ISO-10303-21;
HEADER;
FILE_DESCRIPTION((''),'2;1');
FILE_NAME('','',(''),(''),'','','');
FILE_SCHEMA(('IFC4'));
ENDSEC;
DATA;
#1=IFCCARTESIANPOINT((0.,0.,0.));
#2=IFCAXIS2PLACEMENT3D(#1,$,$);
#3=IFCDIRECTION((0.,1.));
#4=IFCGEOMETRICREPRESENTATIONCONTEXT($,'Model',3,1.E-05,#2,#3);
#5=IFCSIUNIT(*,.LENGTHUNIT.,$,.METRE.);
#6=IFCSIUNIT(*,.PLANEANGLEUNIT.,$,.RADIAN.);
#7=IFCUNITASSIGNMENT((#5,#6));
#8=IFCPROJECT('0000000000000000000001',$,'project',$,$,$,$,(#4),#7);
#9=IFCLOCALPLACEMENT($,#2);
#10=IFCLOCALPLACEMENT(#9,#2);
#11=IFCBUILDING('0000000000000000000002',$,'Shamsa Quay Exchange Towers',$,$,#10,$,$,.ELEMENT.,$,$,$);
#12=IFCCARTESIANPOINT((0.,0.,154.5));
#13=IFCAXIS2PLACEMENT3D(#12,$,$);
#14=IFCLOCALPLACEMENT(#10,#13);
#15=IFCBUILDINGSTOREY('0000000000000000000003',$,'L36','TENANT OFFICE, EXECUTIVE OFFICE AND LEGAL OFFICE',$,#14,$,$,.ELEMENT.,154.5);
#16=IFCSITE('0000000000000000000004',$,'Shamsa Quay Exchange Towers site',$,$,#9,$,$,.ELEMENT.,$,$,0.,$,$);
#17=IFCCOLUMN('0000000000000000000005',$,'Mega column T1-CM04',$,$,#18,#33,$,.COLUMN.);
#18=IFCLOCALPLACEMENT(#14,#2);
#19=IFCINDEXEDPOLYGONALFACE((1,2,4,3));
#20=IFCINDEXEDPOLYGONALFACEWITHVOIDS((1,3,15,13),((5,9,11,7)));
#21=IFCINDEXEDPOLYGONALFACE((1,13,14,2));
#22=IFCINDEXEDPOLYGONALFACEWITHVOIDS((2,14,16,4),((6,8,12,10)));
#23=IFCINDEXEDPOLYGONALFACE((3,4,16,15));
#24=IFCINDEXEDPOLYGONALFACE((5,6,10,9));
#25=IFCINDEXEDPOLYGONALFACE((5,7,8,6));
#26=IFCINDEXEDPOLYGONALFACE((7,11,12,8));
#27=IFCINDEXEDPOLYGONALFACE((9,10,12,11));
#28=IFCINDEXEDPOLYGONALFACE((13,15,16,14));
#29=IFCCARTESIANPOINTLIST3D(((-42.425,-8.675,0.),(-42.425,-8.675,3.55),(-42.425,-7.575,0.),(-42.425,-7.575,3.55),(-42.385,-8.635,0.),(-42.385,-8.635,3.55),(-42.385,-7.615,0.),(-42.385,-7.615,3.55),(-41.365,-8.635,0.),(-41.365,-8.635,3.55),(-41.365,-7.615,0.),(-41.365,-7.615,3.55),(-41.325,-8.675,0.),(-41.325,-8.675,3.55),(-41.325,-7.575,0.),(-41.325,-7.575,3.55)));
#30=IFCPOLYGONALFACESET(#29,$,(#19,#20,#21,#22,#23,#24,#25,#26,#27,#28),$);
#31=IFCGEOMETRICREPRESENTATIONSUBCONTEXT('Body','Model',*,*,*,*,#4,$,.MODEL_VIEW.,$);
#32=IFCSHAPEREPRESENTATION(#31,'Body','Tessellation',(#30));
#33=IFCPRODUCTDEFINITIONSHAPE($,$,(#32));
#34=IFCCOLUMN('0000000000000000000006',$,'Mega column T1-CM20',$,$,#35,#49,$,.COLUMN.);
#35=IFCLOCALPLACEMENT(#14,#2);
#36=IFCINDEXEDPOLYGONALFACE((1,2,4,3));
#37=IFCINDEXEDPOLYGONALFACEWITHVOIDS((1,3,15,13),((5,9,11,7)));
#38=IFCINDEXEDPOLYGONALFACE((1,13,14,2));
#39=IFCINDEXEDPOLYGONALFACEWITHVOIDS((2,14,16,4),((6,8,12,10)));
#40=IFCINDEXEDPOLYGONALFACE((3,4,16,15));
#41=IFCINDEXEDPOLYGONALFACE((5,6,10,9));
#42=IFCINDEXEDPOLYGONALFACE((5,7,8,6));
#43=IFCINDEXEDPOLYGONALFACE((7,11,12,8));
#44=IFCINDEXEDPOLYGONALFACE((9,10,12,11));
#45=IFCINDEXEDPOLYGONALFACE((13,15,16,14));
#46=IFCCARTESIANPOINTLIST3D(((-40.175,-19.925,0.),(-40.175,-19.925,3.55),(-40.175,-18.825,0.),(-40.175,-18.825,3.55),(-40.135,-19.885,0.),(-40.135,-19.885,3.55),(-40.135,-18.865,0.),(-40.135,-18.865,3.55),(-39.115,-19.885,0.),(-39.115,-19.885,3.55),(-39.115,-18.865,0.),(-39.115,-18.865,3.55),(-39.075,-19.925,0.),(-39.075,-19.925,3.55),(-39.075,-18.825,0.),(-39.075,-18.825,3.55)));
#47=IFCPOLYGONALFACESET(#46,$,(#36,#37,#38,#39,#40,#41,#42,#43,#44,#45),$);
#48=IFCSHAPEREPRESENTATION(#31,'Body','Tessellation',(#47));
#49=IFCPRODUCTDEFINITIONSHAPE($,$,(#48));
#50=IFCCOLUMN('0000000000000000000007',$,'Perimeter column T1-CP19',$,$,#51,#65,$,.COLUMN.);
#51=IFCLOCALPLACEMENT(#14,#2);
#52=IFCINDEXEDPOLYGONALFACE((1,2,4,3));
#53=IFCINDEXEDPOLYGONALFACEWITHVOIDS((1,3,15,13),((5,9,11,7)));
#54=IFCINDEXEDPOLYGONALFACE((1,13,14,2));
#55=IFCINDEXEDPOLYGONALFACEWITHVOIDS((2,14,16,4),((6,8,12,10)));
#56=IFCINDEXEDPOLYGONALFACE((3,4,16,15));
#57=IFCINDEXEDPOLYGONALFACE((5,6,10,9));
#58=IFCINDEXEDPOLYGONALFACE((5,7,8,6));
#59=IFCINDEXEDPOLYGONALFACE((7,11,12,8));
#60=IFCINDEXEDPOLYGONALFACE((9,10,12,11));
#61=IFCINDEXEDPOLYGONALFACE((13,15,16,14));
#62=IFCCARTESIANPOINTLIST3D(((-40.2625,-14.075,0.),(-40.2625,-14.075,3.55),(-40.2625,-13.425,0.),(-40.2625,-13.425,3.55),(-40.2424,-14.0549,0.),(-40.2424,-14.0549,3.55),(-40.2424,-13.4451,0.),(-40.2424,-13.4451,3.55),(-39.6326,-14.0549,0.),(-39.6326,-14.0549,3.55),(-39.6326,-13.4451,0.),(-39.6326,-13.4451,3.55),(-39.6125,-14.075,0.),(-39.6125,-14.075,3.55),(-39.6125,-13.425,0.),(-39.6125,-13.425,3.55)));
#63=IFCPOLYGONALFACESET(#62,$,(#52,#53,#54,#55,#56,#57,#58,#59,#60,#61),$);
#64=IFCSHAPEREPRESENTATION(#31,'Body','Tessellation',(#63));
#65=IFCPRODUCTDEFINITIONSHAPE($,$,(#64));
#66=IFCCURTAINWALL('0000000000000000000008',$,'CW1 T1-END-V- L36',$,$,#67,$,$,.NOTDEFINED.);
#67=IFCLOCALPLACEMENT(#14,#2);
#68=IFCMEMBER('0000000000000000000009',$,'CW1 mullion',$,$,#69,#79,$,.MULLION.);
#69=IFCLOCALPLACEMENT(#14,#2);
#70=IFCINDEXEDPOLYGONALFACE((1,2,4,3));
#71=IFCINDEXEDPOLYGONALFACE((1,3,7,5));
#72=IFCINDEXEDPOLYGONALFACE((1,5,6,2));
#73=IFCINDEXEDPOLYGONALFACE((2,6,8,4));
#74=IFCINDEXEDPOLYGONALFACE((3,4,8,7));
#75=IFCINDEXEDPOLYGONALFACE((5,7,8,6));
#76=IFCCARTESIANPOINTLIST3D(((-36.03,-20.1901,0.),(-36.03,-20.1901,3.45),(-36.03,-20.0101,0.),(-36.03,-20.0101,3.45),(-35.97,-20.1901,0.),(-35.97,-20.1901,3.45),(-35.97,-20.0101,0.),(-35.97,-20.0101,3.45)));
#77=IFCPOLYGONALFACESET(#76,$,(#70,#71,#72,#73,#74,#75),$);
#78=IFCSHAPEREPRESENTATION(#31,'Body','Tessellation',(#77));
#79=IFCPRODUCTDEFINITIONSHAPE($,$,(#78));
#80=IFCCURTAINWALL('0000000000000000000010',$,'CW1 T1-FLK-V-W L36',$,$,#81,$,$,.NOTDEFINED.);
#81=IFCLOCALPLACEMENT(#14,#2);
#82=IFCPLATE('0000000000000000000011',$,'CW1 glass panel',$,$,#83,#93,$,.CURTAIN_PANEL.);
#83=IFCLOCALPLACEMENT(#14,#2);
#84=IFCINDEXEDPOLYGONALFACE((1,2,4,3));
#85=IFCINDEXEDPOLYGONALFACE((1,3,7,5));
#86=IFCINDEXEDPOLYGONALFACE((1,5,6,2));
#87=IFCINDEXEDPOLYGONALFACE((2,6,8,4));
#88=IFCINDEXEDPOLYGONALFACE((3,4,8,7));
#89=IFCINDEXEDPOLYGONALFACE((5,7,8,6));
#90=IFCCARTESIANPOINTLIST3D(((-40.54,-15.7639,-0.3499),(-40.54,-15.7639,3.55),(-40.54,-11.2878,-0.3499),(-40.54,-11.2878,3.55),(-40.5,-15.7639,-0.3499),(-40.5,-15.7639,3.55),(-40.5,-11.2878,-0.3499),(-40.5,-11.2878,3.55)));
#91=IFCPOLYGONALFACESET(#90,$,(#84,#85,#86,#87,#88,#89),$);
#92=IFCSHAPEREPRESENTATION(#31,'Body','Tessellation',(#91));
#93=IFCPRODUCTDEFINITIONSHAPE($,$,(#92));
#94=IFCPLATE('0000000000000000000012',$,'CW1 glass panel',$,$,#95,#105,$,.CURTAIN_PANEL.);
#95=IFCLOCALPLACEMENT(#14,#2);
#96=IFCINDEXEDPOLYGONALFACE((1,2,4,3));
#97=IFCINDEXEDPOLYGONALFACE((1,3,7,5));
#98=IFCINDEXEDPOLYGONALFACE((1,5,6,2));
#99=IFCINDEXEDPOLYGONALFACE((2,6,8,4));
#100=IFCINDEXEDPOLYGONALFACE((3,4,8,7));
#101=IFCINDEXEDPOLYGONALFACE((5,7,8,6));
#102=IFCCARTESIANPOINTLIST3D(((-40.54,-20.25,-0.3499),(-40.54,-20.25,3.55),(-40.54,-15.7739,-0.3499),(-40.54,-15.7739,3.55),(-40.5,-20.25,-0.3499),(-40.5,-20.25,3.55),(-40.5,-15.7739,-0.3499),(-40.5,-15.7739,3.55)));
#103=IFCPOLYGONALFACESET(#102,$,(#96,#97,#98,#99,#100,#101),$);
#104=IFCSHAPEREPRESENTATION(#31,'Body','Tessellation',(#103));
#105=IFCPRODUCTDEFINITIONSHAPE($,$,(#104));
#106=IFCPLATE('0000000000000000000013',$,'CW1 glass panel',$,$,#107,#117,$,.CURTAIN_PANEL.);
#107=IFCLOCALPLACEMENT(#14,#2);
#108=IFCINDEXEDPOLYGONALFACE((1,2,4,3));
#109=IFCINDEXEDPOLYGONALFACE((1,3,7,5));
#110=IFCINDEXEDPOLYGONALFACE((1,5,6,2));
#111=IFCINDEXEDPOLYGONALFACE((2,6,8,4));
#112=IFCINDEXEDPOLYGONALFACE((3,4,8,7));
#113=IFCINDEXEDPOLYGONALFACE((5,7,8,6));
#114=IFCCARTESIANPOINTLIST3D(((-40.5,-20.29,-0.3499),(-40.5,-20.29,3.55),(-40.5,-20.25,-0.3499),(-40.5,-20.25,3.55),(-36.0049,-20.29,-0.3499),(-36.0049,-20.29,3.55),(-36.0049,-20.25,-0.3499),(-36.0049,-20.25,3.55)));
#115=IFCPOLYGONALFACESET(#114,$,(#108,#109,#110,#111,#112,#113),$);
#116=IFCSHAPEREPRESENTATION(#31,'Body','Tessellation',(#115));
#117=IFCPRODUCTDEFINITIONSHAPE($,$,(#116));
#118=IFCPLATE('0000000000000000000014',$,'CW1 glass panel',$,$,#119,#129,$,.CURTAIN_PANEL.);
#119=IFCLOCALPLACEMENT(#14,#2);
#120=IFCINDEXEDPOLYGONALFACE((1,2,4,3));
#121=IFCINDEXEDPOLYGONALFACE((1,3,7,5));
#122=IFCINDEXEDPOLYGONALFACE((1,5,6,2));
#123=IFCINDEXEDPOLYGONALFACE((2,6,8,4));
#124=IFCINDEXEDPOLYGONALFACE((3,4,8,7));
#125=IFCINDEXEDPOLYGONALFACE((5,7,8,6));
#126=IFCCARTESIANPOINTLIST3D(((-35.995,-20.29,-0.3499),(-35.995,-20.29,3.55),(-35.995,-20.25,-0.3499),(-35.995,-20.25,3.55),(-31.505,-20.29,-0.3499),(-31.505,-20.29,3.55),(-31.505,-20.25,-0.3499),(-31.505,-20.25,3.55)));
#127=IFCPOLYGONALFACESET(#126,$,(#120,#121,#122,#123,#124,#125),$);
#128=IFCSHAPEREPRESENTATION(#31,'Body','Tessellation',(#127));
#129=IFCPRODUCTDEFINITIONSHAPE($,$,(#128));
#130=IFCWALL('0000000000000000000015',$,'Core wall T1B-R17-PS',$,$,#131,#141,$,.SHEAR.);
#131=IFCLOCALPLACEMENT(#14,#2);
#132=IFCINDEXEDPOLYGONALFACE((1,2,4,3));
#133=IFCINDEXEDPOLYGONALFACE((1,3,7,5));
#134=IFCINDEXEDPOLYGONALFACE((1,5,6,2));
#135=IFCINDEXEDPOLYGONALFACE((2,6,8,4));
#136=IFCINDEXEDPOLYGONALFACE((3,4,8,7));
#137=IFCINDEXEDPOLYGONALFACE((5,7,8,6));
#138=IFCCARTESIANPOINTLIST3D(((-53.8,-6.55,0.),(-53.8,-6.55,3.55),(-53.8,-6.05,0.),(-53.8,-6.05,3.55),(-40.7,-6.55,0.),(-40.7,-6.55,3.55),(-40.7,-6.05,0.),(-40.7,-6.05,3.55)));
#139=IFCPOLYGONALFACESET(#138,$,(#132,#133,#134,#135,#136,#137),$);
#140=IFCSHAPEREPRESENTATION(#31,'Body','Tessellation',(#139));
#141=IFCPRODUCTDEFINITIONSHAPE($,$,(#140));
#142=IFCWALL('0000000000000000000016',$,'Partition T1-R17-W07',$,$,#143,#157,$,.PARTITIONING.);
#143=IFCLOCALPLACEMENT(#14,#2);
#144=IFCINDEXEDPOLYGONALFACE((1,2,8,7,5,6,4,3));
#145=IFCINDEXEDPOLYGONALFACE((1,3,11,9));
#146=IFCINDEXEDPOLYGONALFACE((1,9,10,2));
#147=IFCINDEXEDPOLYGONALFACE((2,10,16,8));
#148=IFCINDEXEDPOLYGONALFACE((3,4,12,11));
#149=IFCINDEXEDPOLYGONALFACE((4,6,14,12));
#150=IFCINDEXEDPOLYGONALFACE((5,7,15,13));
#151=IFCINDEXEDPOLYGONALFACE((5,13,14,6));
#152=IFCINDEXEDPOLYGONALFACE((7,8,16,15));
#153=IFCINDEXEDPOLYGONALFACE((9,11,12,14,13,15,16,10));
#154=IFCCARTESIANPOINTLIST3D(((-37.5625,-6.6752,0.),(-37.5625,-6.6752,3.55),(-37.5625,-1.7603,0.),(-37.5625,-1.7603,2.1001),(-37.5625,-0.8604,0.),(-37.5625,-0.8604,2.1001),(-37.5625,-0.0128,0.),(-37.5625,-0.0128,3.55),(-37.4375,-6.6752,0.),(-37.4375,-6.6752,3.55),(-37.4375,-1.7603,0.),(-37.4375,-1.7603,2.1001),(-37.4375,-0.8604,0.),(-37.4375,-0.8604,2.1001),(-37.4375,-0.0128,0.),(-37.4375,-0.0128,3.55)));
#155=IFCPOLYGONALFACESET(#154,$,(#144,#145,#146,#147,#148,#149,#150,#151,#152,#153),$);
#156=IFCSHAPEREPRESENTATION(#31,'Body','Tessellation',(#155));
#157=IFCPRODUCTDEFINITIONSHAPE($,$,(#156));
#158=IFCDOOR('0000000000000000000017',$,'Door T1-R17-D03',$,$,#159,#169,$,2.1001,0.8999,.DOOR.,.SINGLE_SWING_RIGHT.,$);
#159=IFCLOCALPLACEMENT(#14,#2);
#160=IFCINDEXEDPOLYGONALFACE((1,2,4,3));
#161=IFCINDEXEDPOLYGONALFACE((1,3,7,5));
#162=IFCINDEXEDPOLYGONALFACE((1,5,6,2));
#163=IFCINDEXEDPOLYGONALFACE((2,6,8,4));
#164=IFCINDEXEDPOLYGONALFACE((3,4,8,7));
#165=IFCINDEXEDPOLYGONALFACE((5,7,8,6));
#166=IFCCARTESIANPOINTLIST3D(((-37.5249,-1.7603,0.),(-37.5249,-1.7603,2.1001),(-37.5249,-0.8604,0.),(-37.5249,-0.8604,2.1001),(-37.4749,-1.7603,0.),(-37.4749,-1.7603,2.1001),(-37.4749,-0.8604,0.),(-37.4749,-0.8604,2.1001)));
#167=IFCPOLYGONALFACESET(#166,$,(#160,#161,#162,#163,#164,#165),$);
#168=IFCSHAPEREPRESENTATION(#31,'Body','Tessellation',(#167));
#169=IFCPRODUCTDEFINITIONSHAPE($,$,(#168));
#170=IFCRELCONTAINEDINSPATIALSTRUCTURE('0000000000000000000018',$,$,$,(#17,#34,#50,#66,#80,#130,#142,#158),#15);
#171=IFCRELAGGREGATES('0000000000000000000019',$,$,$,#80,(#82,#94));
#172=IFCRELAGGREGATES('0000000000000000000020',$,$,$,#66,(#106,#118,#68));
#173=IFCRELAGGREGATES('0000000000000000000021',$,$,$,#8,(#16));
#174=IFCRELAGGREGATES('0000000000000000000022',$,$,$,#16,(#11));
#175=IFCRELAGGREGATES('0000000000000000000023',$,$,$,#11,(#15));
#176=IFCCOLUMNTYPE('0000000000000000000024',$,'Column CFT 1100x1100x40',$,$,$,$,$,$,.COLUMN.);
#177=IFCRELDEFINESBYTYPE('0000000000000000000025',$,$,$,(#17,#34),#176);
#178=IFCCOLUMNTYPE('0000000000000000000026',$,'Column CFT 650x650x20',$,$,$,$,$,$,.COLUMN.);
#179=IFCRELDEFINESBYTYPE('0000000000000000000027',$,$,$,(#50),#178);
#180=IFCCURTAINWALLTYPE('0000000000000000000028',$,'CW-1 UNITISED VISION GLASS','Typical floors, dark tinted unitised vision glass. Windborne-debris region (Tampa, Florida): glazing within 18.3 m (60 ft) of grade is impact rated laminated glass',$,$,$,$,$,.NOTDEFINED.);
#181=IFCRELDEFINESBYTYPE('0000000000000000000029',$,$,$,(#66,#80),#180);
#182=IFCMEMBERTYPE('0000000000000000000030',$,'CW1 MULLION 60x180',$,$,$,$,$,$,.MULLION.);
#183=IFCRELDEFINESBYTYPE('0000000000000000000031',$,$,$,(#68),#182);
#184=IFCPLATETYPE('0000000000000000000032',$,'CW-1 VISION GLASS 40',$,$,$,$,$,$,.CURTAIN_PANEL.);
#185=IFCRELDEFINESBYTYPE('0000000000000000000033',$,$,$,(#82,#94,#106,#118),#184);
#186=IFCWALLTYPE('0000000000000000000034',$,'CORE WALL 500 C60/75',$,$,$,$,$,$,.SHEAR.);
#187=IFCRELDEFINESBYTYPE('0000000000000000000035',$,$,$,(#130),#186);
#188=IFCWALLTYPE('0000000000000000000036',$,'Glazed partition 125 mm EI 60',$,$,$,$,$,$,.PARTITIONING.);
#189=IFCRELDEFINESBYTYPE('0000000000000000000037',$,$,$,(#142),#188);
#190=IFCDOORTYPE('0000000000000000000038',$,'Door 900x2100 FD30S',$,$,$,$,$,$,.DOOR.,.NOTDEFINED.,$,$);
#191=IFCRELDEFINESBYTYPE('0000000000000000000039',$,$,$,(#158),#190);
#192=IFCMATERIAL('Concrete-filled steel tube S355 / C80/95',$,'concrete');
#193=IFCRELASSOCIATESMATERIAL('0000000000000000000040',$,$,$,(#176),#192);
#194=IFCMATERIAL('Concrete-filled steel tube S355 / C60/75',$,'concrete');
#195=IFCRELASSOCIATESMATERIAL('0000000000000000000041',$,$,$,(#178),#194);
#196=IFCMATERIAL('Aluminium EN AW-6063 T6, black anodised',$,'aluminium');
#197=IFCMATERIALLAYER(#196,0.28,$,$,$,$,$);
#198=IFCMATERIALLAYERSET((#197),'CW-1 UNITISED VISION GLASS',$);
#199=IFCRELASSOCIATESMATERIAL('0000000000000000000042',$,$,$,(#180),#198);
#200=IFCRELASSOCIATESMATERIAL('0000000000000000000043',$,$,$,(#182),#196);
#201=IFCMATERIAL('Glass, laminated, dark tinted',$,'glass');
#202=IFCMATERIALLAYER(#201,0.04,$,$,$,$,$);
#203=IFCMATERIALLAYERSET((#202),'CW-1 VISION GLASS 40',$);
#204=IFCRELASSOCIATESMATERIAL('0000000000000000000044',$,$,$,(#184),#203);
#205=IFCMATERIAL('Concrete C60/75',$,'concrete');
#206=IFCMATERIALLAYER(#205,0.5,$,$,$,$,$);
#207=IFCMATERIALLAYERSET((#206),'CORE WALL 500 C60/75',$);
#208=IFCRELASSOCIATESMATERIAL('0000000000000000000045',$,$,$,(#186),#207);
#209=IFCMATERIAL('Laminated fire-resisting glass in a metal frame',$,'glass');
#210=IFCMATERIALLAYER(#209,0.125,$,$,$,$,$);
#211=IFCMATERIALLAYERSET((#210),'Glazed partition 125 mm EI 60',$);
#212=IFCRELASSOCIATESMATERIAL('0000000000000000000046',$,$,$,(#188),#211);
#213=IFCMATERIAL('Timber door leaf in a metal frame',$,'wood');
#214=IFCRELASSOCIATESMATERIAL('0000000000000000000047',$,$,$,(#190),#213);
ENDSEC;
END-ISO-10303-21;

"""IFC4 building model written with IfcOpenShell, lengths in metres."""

from ifc_helpers import new_model, si_unit, direction, frame, frame_2d, origin, origin_2d, place, context, subcontext, project, spatial, rectangle, hollow_rectangle, extrude, material, layer, layer_set, material_profile, profile_set, type_object, element, fill, aggregate, save


model = new_model("IFC4")

# Units and contexts
model_context = context("Model", 3, precision=1e-05, world=origin(), true_north=direction((0.0, 1.0)))
body_context = subcontext(model_context, "Body", "Model", "MODEL_VIEW")
ifc_project = project(units=[si_unit("LENGTHUNIT", "METRE"), si_unit("PLANEANGLEUNIT", "RADIAN")], contexts=[model_context])

# Site, building, storey
site_placement = place(None, origin())
site = spatial("IfcSite", under=ifc_project, at=site_placement, Name="Shamsa Quay Exchange Towers site", CompositionType="ELEMENT", RefElevation=0.0)
building_placement = place(site_placement, origin())
building = spatial("IfcBuilding", under=site, at=building_placement, Name="Shamsa Quay Exchange Towers", CompositionType="ELEMENT")
storey_placement = place(building_placement, frame((0.0, 0.0, 154.5)))
storey = spatial("IfcBuildingStorey", under=building, at=storey_placement, Name="L36", Description="TENANT OFFICE, EXECUTIVE OFFICE AND LEGAL OFFICE", CompositionType="ELEMENT", Elevation=154.5)

# Columns
ifc_material_1 = material(Name="Concrete-filled steel tube S355 / C80/95", Category="concrete")
ifc_material_profile_1 = material_profile(ifc_material_1, hollow_rectangle(XDim=1.1001, YDim=1.1001, WallThickness=0.04, at=origin_2d()), Name="CFT 1100x1100x40")
ifc_profile_set_1 = profile_set([ifc_material_profile_1], Name="Concrete-filled steel tube S355 / C80/95")
column_type_1 = type_object("IfcColumnType", Name="Column CFT 1100x1100x40", PredefinedType="COLUMN", material=ifc_profile_set_1)
for number, where, name in (
    (1, (-41.875, -8.125, 0.0), "Mega column T1-CM04"),
    (2, (-39.625, -19.375, 0.0), "Mega column T1-CM20"),
):
    element("IfcColumn", number, at=place(storey_placement, frame(where)), inside=storey, type_object=column_type_1, Name=name, PredefinedType="COLUMN", context=body_context, shape_type="SweptSolid", body=[
        extrude(hollow_rectangle(XDim=1.1001, YDim=1.1001, WallThickness=0.04, at=origin_2d()), origin(), (0.0, 0.0, 1.0), 3.55),
    ])
ifc_material_2 = material(Name="Concrete-filled steel tube S355 / C60/75", Category="concrete")
ifc_material_profile_2 = material_profile(ifc_material_2, hollow_rectangle(XDim=0.6499, YDim=0.6499, WallThickness=0.02, at=origin_2d()), Name="CFT 650x650x20")
ifc_profile_set_2 = profile_set([ifc_material_profile_2], Name="Concrete-filled steel tube S355 / C60/75")
column_type_2 = type_object("IfcColumnType", Name="Column CFT 650x650x20", PredefinedType="COLUMN", material=ifc_profile_set_2)
column_placement = place(storey_placement, frame((-39.9375, -13.75, 0.0)))
element("IfcColumn", 3, at=column_placement, inside=storey, type_object=column_type_2, Name="Perimeter column T1-CP19", PredefinedType="COLUMN", context=body_context, shape_type="SweptSolid", body=[
    extrude(hollow_rectangle(XDim=0.6499, YDim=0.6499, WallThickness=0.02, at=origin_2d()), origin(), (0.0, 0.0, 1.0), 3.55),
])

# Curtain wall, member
ifc_material_3 = material(Name="Aluminium EN AW-6063 T6, black anodised", Category="aluminium")
ifc_layer_1 = layer(ifc_material_3, 0.28)
ifc_layer_set_1 = layer_set([ifc_layer_1], Name="CW-1 UNITISED VISION GLASS")
curtain_wall_type = type_object("IfcCurtainWallType", Name="CW-1 UNITISED VISION GLASS", Description="Typical floors, dark tinted unitised vision glass. Windborne-debris region (Tampa, Florida): glazing within 18.3 m (60 ft) of grade is impact rated laminated glass", PredefinedType="NOTDEFINED", material=ifc_layer_set_1)
curtain_wall_1_placement = place(storey_placement, origin())
curtain_wall_1 = element("IfcCurtainWall", 4, at=curtain_wall_1_placement, inside=storey, type_object=curtain_wall_type, Name="CW1 T1-END-V- L36", PredefinedType="NOTDEFINED")
ifc_material_profile_3 = material_profile(ifc_material_3, rectangle(XDim=0.1799, YDim=0.0601, at=origin_2d()), Name="MU60x180")
ifc_profile_set_3 = profile_set([ifc_material_profile_3], Name="Aluminium EN AW-6063 T6, black anodised")
member_type = type_object("IfcMemberType", Name="CW1 MULLION 60x180", PredefinedType="MULLION", material=ifc_profile_set_3)
member_placement = place(storey_placement, frame((-36.0, -20.1001, 0.0), z_axis=(0.0, 0.0, 1.0), x_axis=(0.0, 1.0, 0.0)))
member = element("IfcMember", 5, at=member_placement, type_object=member_type, Name="CW1 mullion", PredefinedType="MULLION", context=body_context, shape_type="SweptSolid", body=[
    extrude(rectangle(XDim=0.1799, YDim=0.0601, at=origin_2d()), origin(), (0.0, 0.0, 1.0), 3.45),
])

# Curtain wall, plates
curtain_wall_2_placement = place(storey_placement, origin())
curtain_wall_2 = element("IfcCurtainWall", 6, at=curtain_wall_2_placement, inside=storey, type_object=curtain_wall_type, Name="CW1 T1-FLK-V-W L36", PredefinedType="NOTDEFINED")
ifc_material_4 = material(Name="Glass, laminated, dark tinted", Category="glass")
ifc_layer_2 = layer(ifc_material_4, 0.04)
ifc_layer_set_2 = layer_set([ifc_layer_2], Name="CW-1 VISION GLASS 40")
plate_type = type_object("IfcPlateType", Name="CW-1 VISION GLASS 40", PredefinedType="CURTAIN_PANEL", material=ifc_layer_set_2)
plate_1_placement = place(storey_placement, frame((-40.52, -13.5259, -0.3499), z_axis=(0.0, 0.0, 1.0), x_axis=(0.0, -1.0, 0.0)))
plate_1 = element("IfcPlate", 7, at=plate_1_placement, type_object=plate_type, Name="CW1 glass panel", PredefinedType="CURTAIN_PANEL", context=body_context, shape_type="SweptSolid", body=[
    extrude(rectangle(XDim=4.4761, YDim=0.04, at=origin_2d()), origin(), (0.0, 0.0, 1.0), 3.8999),
])
plate_2_placement = place(storey_placement, frame((-40.52, -18.012, -0.3499), z_axis=(0.0, 0.0, 1.0), x_axis=(0.0, -1.0, 0.0)))
plate_2 = element("IfcPlate", 8, at=plate_2_placement, type_object=plate_type, Name="CW1 glass panel", PredefinedType="CURTAIN_PANEL", context=body_context, shape_type="SweptSolid", body=[
    extrude(rectangle(XDim=4.4761, YDim=0.04, at=origin_2d()), origin(), (0.0, 0.0, 1.0), 3.8999),
])
aggregate(curtain_wall_2, [plate_1, plate_2])

# Plates
plate_3_placement = place(storey_placement, frame((-38.2524, -20.27, -0.3499)))
plate_3 = element("IfcPlate", 9, at=plate_3_placement, type_object=plate_type, Name="CW1 glass panel", PredefinedType="CURTAIN_PANEL", context=body_context, shape_type="SweptSolid", body=[
    extrude(rectangle(XDim=4.4951, YDim=0.04, at=origin_2d()), origin(), (0.0, 0.0, 1.0), 3.8999),
])
plate_4_placement = place(storey_placement, frame((-33.75, -20.27, -0.3499)))
plate_4 = element("IfcPlate", 10, at=plate_4_placement, type_object=plate_type, Name="CW1 glass panel", PredefinedType="CURTAIN_PANEL", context=body_context, shape_type="SweptSolid", body=[
    extrude(rectangle(XDim=4.49, YDim=0.04, at=origin_2d()), origin(), (0.0, 0.0, 1.0), 3.8999),
])
aggregate(curtain_wall_1, [plate_3, plate_4, member])

# Wall
ifc_material_5 = material(Name="Concrete C60/75", Category="concrete")
ifc_layer_3 = layer(ifc_material_5, 0.5)
ifc_layer_set_3 = layer_set([ifc_layer_3], Name="CORE WALL 500 C60/75")
wall_type_1 = type_object("IfcWallType", Name="CORE WALL 500 C60/75", PredefinedType="SHEAR", material=ifc_layer_set_3)
wall_1_placement = place(storey_placement, frame((-40.7, -6.3, 0.0), z_axis=(0.0, 0.0, 1.0), x_axis=(-1.0, 0.0, 0.0)))
element("IfcWall", 11, at=wall_1_placement, inside=storey, type_object=wall_type_1, Name="Core wall T1B-R17-PS", PredefinedType="SHEAR", context=body_context, shape_type="SweptSolid", body=[
    extrude(rectangle(XDim=13.1001, YDim=0.5, at=frame_2d((6.55, 0.0))), origin(), (0.0, 0.0, 1.0), 3.55),
])

# Wall, opening, door
ifc_material_6 = material(Name="Laminated fire-resisting glass in a metal frame", Category="glass")
ifc_layer_4 = layer(ifc_material_6, 0.125)
ifc_layer_set_4 = layer_set([ifc_layer_4], Name="Glazed partition 125 mm EI 60")
wall_type_2 = type_object("IfcWallType", Name="Glazed partition 125 mm EI 60", PredefinedType="PARTITIONING", material=ifc_layer_set_4)
wall_2_placement = place(storey_placement, frame((-37.5, -6.675, 0.0), z_axis=(0.0, 0.0, 1.0), x_axis=(0.0, 1.0, 0.0)))
wall_2 = element("IfcWall", 12, at=wall_2_placement, inside=storey, type_object=wall_type_2, Name="Partition T1-R17-W07", PredefinedType="PARTITIONING", context=body_context, shape_type="SweptSolid", body=[
    extrude(rectangle(XDim=6.6624, YDim=0.125, at=frame_2d((3.3311, 0.0))), origin(), (0.0, 0.0, 1.0), 3.55),
])
opening_1_placement = place(wall_2_placement, frame((4.9148, 0.0, 0.0)))
opening_1 = element("IfcOpeningElement", 13, at=opening_1_placement, cuts=wall_2, PredefinedType="OPENING", context=body_context, shape_type="SweptSolid", body=[
    extrude(rectangle(XDim=0.8999, YDim=2.1001, at=frame_2d((0.45, 1.05))), frame((0.0, 0.0725, 0.0), z_axis=(0.0, -1.0, 0.0), x_axis=(1.0, 0.0, 0.0)), (0.0, 0.0, 1.0), 0.145),
])
ifc_material_7 = material(Name="Timber door leaf in a metal frame", Category="wood")
door_type_1 = type_object("IfcDoorType", Name="Door 900x2100 FD30S", OperationType="NOTDEFINED", PredefinedType="DOOR", material=ifc_material_7)
door_1_placement = place(opening_1_placement, origin())
door_1 = element("IfcDoor", 14, at=door_1_placement, inside=storey, type_object=door_type_1, Name="Door T1-R17-D03", OperationType="SINGLE_SWING_RIGHT", OverallHeight=2.1001, OverallWidth=0.8999, PredefinedType="DOOR", context=body_context, shape_type="SweptSolid", body=[
    extrude(rectangle(XDim=0.8999, YDim=2.1001, at=frame_2d((0.45, 1.05))), frame((0.0, 0.0249, 0.0), z_axis=(0.0, -1.0, 0.0), x_axis=(1.0, 0.0, 0.0)), (0.0, 0.0, 1.0), 0.05),
])
fill(opening_1, door_1)

save(model, "model.ifc")
